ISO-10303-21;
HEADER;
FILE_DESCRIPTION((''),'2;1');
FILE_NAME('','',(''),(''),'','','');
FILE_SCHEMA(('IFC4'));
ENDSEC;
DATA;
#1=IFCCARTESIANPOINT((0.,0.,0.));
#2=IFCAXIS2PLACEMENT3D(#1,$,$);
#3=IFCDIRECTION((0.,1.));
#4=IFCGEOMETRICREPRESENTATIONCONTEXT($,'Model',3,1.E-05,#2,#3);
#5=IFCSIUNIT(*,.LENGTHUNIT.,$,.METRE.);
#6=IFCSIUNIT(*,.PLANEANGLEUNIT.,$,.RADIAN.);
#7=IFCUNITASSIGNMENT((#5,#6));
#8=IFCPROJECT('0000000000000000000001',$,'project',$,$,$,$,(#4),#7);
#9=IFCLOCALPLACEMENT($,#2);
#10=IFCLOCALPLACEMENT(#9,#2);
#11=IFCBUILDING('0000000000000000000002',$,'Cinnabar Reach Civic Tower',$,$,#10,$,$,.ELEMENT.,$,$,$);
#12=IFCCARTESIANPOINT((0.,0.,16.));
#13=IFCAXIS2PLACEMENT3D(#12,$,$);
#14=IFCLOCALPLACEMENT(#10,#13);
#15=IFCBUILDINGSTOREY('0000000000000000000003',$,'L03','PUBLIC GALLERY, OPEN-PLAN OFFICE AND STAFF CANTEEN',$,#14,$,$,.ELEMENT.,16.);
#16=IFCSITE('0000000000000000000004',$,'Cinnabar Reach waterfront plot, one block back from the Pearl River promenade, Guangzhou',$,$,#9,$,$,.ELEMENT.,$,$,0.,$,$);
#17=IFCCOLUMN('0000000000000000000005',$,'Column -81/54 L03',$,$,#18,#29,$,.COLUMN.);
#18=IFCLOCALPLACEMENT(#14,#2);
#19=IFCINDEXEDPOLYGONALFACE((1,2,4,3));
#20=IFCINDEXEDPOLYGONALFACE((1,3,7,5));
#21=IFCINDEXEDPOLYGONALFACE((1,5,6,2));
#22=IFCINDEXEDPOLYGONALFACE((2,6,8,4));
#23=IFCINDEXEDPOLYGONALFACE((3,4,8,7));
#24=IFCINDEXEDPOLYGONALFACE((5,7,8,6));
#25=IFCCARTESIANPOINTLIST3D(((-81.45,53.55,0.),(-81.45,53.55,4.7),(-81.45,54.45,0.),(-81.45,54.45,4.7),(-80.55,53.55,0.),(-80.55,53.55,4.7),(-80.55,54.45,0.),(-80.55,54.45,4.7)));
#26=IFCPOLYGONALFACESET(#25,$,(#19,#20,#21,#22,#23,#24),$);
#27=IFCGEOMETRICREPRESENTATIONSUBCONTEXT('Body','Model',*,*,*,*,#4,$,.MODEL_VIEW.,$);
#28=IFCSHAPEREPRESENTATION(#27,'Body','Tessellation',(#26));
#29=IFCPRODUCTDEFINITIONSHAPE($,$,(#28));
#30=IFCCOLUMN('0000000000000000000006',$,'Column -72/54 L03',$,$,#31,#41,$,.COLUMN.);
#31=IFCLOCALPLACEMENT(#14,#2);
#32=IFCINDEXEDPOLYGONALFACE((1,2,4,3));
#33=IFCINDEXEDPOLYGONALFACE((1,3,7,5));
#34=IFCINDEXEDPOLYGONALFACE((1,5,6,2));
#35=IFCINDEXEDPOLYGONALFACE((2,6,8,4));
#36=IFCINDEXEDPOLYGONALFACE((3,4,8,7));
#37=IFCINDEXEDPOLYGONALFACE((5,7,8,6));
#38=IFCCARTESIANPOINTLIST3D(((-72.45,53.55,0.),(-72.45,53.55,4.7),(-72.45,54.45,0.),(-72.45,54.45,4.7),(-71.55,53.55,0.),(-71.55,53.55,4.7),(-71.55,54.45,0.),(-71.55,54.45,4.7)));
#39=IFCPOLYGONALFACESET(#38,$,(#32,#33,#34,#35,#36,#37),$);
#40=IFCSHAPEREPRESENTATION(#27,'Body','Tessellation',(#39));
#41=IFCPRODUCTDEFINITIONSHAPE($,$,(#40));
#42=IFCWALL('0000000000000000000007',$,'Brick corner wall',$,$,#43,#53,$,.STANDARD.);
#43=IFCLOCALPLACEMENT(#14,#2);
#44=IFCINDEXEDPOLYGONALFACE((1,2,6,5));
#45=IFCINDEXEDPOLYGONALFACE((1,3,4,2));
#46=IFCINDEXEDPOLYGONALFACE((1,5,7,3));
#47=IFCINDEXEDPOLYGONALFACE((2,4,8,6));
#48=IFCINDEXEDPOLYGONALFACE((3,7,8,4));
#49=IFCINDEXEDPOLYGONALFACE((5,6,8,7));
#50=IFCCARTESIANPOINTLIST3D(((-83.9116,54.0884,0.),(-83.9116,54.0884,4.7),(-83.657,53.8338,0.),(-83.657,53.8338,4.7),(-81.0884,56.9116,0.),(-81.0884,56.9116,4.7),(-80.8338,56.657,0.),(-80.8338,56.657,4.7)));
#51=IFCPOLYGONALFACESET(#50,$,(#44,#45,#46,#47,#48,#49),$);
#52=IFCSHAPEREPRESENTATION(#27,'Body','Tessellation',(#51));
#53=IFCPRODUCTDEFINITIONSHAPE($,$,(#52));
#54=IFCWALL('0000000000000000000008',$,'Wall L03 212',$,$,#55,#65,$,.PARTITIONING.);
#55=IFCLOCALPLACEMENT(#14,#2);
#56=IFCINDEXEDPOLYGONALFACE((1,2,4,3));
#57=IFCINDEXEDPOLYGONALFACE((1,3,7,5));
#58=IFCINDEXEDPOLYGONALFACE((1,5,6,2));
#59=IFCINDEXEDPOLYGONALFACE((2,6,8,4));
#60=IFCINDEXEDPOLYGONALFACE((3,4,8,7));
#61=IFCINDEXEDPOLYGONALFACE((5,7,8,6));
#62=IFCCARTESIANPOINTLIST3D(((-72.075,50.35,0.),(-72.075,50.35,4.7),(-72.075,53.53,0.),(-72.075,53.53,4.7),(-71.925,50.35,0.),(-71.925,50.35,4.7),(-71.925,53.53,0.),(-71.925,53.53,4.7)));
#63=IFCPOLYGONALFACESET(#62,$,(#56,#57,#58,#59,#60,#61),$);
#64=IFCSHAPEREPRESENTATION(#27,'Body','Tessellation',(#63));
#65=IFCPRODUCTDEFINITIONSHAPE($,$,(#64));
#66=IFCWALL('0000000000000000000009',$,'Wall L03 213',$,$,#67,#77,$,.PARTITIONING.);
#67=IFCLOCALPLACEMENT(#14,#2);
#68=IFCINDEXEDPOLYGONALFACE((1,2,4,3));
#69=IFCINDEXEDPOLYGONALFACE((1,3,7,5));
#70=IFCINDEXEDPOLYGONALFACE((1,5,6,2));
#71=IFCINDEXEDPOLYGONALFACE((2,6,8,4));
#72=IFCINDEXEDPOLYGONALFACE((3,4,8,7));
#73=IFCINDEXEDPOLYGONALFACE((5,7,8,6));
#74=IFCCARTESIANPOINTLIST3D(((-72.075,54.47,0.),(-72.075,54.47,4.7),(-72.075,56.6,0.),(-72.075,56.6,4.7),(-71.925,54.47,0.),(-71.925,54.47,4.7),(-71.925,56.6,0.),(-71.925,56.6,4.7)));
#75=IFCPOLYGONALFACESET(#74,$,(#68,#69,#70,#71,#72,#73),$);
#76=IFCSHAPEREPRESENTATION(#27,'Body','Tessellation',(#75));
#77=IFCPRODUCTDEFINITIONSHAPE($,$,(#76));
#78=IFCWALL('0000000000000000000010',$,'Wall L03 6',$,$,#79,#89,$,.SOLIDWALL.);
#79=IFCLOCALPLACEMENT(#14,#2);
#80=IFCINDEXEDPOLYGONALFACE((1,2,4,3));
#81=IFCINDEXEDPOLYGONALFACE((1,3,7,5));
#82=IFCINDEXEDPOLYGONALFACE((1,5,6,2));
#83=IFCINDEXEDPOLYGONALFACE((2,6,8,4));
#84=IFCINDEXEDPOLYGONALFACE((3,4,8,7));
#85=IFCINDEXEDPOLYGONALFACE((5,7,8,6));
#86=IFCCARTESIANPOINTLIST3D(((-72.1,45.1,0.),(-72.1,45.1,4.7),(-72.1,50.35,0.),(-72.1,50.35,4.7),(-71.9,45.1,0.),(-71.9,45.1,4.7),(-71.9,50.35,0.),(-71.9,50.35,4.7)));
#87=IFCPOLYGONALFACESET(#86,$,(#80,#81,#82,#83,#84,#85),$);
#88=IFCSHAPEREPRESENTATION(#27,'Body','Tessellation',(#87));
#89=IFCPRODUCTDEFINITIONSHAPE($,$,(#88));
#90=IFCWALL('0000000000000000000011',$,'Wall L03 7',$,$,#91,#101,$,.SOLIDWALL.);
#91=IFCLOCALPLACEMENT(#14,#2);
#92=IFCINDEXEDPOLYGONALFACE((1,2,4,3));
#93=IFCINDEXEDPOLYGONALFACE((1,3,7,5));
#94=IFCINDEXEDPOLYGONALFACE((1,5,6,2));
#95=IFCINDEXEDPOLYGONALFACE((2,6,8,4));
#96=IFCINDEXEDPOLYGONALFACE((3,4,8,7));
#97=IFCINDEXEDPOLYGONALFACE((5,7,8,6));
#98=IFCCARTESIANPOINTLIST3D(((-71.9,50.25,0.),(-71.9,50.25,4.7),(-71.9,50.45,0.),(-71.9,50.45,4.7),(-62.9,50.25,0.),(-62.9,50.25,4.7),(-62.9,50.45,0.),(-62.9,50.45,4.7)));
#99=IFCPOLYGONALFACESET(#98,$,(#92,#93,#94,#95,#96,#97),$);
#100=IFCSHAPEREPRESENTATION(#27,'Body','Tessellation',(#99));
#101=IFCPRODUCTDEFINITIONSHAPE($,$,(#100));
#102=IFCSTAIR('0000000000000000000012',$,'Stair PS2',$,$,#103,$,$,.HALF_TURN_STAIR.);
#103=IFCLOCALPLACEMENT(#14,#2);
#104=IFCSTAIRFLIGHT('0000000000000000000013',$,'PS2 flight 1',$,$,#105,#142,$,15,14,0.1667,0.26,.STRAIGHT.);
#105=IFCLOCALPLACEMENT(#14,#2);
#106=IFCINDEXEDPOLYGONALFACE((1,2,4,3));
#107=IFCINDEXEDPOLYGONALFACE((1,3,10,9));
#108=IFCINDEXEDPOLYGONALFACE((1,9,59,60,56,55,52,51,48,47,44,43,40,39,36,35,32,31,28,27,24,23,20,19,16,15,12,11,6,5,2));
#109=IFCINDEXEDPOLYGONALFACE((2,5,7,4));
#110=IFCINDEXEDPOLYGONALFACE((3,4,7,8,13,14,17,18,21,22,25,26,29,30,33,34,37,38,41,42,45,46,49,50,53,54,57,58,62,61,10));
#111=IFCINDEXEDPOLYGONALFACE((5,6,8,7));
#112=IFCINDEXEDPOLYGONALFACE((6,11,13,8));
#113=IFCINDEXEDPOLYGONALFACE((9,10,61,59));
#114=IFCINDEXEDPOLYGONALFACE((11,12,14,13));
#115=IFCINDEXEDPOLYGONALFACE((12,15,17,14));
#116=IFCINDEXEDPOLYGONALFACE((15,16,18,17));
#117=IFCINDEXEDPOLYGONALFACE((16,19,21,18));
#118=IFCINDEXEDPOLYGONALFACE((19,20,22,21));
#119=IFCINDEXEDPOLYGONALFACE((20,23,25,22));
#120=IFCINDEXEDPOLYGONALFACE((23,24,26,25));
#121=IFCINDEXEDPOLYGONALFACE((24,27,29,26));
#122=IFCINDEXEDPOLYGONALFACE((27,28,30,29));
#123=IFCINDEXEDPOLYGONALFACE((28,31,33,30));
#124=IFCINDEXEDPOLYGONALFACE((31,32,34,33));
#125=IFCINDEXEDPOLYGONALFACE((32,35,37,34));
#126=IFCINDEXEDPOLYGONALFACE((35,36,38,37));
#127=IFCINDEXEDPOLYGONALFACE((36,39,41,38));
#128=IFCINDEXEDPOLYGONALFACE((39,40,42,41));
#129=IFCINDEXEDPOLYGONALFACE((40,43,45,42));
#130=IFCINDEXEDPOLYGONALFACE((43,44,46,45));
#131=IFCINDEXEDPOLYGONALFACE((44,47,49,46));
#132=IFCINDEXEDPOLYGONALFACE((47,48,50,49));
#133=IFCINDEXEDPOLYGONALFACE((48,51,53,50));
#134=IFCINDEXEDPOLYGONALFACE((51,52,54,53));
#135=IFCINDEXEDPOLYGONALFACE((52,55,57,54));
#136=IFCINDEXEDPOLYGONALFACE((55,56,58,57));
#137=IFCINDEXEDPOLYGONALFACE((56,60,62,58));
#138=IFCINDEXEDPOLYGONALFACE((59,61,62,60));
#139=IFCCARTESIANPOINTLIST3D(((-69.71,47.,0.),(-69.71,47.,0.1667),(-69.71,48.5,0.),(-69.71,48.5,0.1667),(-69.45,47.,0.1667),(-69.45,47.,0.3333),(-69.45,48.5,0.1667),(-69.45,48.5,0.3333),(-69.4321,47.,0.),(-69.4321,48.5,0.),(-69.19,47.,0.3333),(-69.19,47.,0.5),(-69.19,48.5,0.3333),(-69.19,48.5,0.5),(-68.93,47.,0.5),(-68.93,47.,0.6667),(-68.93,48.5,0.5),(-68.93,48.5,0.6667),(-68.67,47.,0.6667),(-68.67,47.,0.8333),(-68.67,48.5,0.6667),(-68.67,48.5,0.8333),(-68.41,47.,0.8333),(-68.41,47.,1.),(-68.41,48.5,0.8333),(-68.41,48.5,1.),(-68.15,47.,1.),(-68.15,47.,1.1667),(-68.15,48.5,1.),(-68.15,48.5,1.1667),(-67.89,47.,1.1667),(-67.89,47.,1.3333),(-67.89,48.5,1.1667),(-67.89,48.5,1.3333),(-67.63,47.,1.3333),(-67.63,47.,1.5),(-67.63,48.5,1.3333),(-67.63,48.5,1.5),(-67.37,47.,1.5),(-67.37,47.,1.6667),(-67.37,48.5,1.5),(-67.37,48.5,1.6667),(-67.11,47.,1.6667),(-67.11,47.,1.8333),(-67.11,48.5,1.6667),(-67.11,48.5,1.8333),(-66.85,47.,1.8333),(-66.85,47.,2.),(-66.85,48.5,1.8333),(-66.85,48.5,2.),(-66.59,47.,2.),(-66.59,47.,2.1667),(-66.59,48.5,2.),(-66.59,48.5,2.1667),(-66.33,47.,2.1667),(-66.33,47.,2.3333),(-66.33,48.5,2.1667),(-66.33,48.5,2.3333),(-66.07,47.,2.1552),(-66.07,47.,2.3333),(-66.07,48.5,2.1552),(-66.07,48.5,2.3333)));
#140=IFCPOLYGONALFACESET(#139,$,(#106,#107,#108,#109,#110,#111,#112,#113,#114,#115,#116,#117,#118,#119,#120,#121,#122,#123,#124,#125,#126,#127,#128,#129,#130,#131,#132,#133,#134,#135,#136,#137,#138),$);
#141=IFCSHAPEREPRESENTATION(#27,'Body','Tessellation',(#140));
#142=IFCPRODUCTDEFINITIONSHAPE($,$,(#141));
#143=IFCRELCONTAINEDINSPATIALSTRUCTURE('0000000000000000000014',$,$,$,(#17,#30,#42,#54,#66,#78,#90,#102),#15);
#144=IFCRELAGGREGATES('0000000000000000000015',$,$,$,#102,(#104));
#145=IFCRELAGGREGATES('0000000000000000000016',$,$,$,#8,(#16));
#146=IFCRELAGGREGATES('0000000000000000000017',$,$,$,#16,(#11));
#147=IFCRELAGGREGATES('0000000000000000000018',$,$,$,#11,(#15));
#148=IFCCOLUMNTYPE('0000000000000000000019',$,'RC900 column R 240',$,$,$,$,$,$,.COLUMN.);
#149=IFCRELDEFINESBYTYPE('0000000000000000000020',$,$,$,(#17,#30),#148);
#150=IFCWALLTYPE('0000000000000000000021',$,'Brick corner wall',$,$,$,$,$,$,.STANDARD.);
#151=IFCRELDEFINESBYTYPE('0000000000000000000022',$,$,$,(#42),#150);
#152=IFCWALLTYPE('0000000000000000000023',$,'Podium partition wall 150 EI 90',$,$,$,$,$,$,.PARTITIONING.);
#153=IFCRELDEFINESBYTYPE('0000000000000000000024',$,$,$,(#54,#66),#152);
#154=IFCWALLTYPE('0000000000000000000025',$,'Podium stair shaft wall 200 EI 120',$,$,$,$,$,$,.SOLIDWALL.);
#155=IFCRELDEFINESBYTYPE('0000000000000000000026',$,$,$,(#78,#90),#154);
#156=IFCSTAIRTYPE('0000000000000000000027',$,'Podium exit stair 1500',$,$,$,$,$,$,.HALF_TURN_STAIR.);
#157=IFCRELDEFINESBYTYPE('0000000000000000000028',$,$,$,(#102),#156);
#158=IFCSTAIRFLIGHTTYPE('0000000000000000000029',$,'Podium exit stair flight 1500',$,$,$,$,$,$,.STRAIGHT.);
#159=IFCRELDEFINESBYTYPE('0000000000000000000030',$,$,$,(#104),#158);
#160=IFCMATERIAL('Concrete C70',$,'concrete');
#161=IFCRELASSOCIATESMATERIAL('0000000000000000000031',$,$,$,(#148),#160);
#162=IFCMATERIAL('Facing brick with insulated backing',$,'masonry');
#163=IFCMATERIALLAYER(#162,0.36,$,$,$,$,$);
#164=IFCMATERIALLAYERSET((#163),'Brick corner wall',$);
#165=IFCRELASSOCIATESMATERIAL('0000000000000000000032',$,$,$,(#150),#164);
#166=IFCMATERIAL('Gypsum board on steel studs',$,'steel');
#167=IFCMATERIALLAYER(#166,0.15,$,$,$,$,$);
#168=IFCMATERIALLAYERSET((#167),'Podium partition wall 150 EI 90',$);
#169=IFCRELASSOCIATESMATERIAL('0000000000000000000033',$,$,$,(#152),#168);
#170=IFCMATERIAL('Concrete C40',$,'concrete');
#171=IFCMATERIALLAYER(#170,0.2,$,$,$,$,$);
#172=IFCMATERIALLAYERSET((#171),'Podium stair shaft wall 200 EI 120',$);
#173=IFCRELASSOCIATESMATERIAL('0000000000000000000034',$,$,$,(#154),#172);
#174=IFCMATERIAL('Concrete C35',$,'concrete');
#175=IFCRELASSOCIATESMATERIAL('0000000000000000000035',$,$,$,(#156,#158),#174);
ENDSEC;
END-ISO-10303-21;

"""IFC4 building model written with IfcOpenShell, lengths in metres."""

from ifc_helpers import new_model, si_unit, direction, frame, frame_2d, origin, origin_2d, place, context, subcontext, project, spatial, polyline, rectangle, outline, extrude, material, layer, layer_set, material_profile, profile_set, type_object, element, aggregate, save


model = new_model("IFC4")

# Units and contexts
model_context = context("Model", 3, precision=1e-05, world=origin(), true_north=direction((0.0, 1.0)))
body_context = subcontext(model_context, "Body", "Model", "MODEL_VIEW")
ifc_project = project(units=[si_unit("LENGTHUNIT", "METRE"), si_unit("PLANEANGLEUNIT", "RADIAN")], contexts=[model_context])

# Site, building, storey
site_placement = place(None, origin())
site = spatial("IfcSite", under=ifc_project, at=site_placement, Name="Cinnabar Reach waterfront plot, one block back from the Pearl River promenade, Guangzhou", CompositionType="ELEMENT", RefElevation=0.0)
building_placement = place(site_placement, origin())
building = spatial("IfcBuilding", under=site, at=building_placement, Name="Cinnabar Reach Civic Tower", CompositionType="ELEMENT")
storey_placement = place(building_placement, frame((0.0, 0.0, 16.0)))
storey = spatial("IfcBuildingStorey", under=building, at=storey_placement, Name="L03", Description="PUBLIC GALLERY, OPEN-PLAN OFFICE AND STAFF CANTEEN", CompositionType="ELEMENT", Elevation=16.0)

# Columns
ifc_material_1 = material(Name="Concrete C70", Category="concrete")
ifc_material_profile = material_profile(ifc_material_1, rectangle(XDim=0.9, YDim=0.9, at=origin_2d()), Name="RC900")
ifc_profile_set = profile_set([ifc_material_profile], Name="Concrete C70")
column_type = type_object("IfcColumnType", Name="RC900 column R 240", PredefinedType="COLUMN", material=ifc_profile_set)
for number, where, z_axis, x_axis, name in (
    (1, (-81.0, 54.0, 0.0), (0.0, 0.0, 1.0), (1.0, 0.0, 0.0), "Column -81/54 L03"),
    (2, (-72.0, 54.0, 0.0), (0.0, 0.0, 1.0), (1.0, 0.0, 0.0), "Column -72/54 L03"),
):
    element("IfcColumn", number, at=place(storey_placement, frame(where, z_axis=z_axis, x_axis=x_axis)), inside=storey, type_object=column_type, Name=name, PredefinedType="COLUMN", context=body_context, shape_type="SweptSolid", body=[
        extrude(rectangle(XDim=0.9, YDim=0.9, at=origin_2d()), origin(), (0.0, 0.0, 1.0), 4.7),
    ])

# Wall
ifc_material_2 = material(Name="Facing brick with insulated backing", Category="masonry")
ifc_layer_1 = layer(ifc_material_2, 0.36)
ifc_layer_set_1 = layer_set([ifc_layer_1], Name="Brick corner wall")
wall_type_1 = type_object("IfcWallType", Name="Brick corner wall", PredefinedType="STANDARD", material=ifc_layer_set_1)
wall_1_placement = place(storey_placement, frame((-80.9611, 56.7843, 0.0), z_axis=(0.0, 0.0, 1.0), x_axis=(-0.707107, -0.707107, 0.0)))
element("IfcWall", 3, at=wall_1_placement, inside=storey, type_object=wall_type_1, Name="Brick corner wall", PredefinedType="STANDARD", context=body_context, shape_type="SweptSolid", body=[
    extrude(rectangle(XDim=3.9926, YDim=0.36, at=frame_2d((1.9963, 0.0))), origin(), (0.0, 0.0, 1.0), 4.7),
])

# Walls
ifc_material_3 = material(Name="Gypsum board on steel studs", Category="steel")
ifc_layer_2 = layer(ifc_material_3, 0.15)
ifc_layer_set_2 = layer_set([ifc_layer_2], Name="Podium partition wall 150 EI 90")
wall_type_2 = type_object("IfcWallType", Name="Podium partition wall 150 EI 90", PredefinedType="PARTITIONING", material=ifc_layer_set_2)
wall_2_placement = place(storey_placement, frame((-72.0, 50.35, 0.0), z_axis=(0.0, 0.0, 1.0), x_axis=(0.0, 1.0, 0.0)))
element("IfcWall", 4, at=wall_2_placement, inside=storey, type_object=wall_type_2, Name="Wall L03 212", PredefinedType="PARTITIONING", context=body_context, shape_type="SweptSolid", body=[
    extrude(rectangle(XDim=3.18, YDim=0.15, at=frame_2d((1.59, 0.0))), origin(), (0.0, 0.0, 1.0), 4.7),
])
wall_3_placement = place(storey_placement, frame((-72.0, 54.47, 0.0), z_axis=(0.0, 0.0, 1.0), x_axis=(0.0, 1.0, 0.0)))
element("IfcWall", 5, at=wall_3_placement, inside=storey, type_object=wall_type_2, Name="Wall L03 213", PredefinedType="PARTITIONING", context=body_context, shape_type="SweptSolid", body=[
    extrude(rectangle(XDim=2.13, YDim=0.15, at=frame_2d((1.065, 0.0))), origin(), (0.0, 0.0, 1.0), 4.7),
])
ifc_material_4 = material(Name="Concrete C40", Category="concrete")
ifc_layer_3 = layer(ifc_material_4, 0.2)
ifc_layer_set_3 = layer_set([ifc_layer_3], Name="Podium stair shaft wall 200 EI 120")
wall_type_3 = type_object("IfcWallType", Name="Podium stair shaft wall 200 EI 120", PredefinedType="SOLIDWALL", material=ifc_layer_set_3)
wall_4_placement = place(storey_placement, frame((-72.0, 45.1, 0.0), z_axis=(0.0, 0.0, 1.0), x_axis=(0.0, 1.0, 0.0)))
element("IfcWall", 6, at=wall_4_placement, inside=storey, type_object=wall_type_3, Name="Wall L03 6", PredefinedType="SOLIDWALL", context=body_context, shape_type="SweptSolid", body=[
    extrude(rectangle(XDim=5.25, YDim=0.2, at=frame_2d((2.625, 0.0))), origin(), (0.0, 0.0, 1.0), 4.7),
])
wall_5_placement = place(storey_placement, frame((-71.9, 50.35, 0.0), z_axis=(0.0, 0.0, 1.0), x_axis=(1.0, 0.0, 0.0)))
element("IfcWall", 7, at=wall_5_placement, inside=storey, type_object=wall_type_3, Name="Wall L03 7", PredefinedType="SOLIDWALL", context=body_context, shape_type="SweptSolid", body=[
    extrude(rectangle(XDim=9.0, YDim=0.2, at=frame_2d((4.5, 0.0))), origin(), (0.0, 0.0, 1.0), 4.7),
])

# Stair, stair flight
ifc_material_5 = material(Name="Concrete C35", Category="concrete")
stair_type = type_object("IfcStairType", Name="Podium exit stair 1500", PredefinedType="HALF_TURN_STAIR", material=ifc_material_5)
stair_placement = place(storey_placement, origin())
stair = element("IfcStair", 8, at=stair_placement, inside=storey, type_object=stair_type, Name="Stair PS2", PredefinedType="HALF_TURN_STAIR")
stair_flight_type = type_object("IfcStairFlightType", Name="Podium exit stair flight 1500", PredefinedType="STRAIGHT", material=ifc_material_5)
stair_flight_placement = place(storey_placement, frame((-69.71, 47.75, 0.0), z_axis=(0.0, 0.0, 1.0), x_axis=(1.0, 0.0, 0.0)))
stair_flight = element("IfcStairFlight", 9, at=stair_flight_placement, type_object=stair_flight_type, Name="PS2 flight 1", NumberOfRisers=15, NumberOfTreads=14, PredefinedType="STRAIGHT", RiserHeight=0.1667, TreadLength=0.26, context=body_context, shape_type="SweptSolid", body=[
    extrude(outline(polyline([(0.0, 0.0), (0.0, 0.1667), (0.26, 0.1667), (0.26, 0.3333), (0.52, 0.3333), (0.52, 0.5), (0.78, 0.5), (0.78, 0.6667), (1.04, 0.6667), (1.04, 0.8333), (1.3, 0.8333), (1.3, 1.0), (1.56, 1.0), (1.56, 1.1667), (1.82, 1.1667), (1.82, 1.3333), (2.08, 1.3333), (2.08, 1.5), (2.34, 1.5), (2.34, 1.6667), (2.6, 1.6667), (2.6, 1.8333), (2.86, 1.8333), (2.86, 2.0), (3.12, 2.0), (3.12, 2.1667), (3.38, 2.1667), (3.38, 2.3333), (3.64, 2.3333), (3.64, 2.5), (3.64, 2.1552), (0.2779, 0.0), (0.0, 0.0)])), frame((0.0, 0.75, 0.0), z_axis=(0.0, -1.0, 0.0), x_axis=(1.0, 0.0, 0.0)), (0.0, 0.0, 1.0), 1.5),
])
aggregate(stair, [stair_flight])

save(model, "model.ifc")
